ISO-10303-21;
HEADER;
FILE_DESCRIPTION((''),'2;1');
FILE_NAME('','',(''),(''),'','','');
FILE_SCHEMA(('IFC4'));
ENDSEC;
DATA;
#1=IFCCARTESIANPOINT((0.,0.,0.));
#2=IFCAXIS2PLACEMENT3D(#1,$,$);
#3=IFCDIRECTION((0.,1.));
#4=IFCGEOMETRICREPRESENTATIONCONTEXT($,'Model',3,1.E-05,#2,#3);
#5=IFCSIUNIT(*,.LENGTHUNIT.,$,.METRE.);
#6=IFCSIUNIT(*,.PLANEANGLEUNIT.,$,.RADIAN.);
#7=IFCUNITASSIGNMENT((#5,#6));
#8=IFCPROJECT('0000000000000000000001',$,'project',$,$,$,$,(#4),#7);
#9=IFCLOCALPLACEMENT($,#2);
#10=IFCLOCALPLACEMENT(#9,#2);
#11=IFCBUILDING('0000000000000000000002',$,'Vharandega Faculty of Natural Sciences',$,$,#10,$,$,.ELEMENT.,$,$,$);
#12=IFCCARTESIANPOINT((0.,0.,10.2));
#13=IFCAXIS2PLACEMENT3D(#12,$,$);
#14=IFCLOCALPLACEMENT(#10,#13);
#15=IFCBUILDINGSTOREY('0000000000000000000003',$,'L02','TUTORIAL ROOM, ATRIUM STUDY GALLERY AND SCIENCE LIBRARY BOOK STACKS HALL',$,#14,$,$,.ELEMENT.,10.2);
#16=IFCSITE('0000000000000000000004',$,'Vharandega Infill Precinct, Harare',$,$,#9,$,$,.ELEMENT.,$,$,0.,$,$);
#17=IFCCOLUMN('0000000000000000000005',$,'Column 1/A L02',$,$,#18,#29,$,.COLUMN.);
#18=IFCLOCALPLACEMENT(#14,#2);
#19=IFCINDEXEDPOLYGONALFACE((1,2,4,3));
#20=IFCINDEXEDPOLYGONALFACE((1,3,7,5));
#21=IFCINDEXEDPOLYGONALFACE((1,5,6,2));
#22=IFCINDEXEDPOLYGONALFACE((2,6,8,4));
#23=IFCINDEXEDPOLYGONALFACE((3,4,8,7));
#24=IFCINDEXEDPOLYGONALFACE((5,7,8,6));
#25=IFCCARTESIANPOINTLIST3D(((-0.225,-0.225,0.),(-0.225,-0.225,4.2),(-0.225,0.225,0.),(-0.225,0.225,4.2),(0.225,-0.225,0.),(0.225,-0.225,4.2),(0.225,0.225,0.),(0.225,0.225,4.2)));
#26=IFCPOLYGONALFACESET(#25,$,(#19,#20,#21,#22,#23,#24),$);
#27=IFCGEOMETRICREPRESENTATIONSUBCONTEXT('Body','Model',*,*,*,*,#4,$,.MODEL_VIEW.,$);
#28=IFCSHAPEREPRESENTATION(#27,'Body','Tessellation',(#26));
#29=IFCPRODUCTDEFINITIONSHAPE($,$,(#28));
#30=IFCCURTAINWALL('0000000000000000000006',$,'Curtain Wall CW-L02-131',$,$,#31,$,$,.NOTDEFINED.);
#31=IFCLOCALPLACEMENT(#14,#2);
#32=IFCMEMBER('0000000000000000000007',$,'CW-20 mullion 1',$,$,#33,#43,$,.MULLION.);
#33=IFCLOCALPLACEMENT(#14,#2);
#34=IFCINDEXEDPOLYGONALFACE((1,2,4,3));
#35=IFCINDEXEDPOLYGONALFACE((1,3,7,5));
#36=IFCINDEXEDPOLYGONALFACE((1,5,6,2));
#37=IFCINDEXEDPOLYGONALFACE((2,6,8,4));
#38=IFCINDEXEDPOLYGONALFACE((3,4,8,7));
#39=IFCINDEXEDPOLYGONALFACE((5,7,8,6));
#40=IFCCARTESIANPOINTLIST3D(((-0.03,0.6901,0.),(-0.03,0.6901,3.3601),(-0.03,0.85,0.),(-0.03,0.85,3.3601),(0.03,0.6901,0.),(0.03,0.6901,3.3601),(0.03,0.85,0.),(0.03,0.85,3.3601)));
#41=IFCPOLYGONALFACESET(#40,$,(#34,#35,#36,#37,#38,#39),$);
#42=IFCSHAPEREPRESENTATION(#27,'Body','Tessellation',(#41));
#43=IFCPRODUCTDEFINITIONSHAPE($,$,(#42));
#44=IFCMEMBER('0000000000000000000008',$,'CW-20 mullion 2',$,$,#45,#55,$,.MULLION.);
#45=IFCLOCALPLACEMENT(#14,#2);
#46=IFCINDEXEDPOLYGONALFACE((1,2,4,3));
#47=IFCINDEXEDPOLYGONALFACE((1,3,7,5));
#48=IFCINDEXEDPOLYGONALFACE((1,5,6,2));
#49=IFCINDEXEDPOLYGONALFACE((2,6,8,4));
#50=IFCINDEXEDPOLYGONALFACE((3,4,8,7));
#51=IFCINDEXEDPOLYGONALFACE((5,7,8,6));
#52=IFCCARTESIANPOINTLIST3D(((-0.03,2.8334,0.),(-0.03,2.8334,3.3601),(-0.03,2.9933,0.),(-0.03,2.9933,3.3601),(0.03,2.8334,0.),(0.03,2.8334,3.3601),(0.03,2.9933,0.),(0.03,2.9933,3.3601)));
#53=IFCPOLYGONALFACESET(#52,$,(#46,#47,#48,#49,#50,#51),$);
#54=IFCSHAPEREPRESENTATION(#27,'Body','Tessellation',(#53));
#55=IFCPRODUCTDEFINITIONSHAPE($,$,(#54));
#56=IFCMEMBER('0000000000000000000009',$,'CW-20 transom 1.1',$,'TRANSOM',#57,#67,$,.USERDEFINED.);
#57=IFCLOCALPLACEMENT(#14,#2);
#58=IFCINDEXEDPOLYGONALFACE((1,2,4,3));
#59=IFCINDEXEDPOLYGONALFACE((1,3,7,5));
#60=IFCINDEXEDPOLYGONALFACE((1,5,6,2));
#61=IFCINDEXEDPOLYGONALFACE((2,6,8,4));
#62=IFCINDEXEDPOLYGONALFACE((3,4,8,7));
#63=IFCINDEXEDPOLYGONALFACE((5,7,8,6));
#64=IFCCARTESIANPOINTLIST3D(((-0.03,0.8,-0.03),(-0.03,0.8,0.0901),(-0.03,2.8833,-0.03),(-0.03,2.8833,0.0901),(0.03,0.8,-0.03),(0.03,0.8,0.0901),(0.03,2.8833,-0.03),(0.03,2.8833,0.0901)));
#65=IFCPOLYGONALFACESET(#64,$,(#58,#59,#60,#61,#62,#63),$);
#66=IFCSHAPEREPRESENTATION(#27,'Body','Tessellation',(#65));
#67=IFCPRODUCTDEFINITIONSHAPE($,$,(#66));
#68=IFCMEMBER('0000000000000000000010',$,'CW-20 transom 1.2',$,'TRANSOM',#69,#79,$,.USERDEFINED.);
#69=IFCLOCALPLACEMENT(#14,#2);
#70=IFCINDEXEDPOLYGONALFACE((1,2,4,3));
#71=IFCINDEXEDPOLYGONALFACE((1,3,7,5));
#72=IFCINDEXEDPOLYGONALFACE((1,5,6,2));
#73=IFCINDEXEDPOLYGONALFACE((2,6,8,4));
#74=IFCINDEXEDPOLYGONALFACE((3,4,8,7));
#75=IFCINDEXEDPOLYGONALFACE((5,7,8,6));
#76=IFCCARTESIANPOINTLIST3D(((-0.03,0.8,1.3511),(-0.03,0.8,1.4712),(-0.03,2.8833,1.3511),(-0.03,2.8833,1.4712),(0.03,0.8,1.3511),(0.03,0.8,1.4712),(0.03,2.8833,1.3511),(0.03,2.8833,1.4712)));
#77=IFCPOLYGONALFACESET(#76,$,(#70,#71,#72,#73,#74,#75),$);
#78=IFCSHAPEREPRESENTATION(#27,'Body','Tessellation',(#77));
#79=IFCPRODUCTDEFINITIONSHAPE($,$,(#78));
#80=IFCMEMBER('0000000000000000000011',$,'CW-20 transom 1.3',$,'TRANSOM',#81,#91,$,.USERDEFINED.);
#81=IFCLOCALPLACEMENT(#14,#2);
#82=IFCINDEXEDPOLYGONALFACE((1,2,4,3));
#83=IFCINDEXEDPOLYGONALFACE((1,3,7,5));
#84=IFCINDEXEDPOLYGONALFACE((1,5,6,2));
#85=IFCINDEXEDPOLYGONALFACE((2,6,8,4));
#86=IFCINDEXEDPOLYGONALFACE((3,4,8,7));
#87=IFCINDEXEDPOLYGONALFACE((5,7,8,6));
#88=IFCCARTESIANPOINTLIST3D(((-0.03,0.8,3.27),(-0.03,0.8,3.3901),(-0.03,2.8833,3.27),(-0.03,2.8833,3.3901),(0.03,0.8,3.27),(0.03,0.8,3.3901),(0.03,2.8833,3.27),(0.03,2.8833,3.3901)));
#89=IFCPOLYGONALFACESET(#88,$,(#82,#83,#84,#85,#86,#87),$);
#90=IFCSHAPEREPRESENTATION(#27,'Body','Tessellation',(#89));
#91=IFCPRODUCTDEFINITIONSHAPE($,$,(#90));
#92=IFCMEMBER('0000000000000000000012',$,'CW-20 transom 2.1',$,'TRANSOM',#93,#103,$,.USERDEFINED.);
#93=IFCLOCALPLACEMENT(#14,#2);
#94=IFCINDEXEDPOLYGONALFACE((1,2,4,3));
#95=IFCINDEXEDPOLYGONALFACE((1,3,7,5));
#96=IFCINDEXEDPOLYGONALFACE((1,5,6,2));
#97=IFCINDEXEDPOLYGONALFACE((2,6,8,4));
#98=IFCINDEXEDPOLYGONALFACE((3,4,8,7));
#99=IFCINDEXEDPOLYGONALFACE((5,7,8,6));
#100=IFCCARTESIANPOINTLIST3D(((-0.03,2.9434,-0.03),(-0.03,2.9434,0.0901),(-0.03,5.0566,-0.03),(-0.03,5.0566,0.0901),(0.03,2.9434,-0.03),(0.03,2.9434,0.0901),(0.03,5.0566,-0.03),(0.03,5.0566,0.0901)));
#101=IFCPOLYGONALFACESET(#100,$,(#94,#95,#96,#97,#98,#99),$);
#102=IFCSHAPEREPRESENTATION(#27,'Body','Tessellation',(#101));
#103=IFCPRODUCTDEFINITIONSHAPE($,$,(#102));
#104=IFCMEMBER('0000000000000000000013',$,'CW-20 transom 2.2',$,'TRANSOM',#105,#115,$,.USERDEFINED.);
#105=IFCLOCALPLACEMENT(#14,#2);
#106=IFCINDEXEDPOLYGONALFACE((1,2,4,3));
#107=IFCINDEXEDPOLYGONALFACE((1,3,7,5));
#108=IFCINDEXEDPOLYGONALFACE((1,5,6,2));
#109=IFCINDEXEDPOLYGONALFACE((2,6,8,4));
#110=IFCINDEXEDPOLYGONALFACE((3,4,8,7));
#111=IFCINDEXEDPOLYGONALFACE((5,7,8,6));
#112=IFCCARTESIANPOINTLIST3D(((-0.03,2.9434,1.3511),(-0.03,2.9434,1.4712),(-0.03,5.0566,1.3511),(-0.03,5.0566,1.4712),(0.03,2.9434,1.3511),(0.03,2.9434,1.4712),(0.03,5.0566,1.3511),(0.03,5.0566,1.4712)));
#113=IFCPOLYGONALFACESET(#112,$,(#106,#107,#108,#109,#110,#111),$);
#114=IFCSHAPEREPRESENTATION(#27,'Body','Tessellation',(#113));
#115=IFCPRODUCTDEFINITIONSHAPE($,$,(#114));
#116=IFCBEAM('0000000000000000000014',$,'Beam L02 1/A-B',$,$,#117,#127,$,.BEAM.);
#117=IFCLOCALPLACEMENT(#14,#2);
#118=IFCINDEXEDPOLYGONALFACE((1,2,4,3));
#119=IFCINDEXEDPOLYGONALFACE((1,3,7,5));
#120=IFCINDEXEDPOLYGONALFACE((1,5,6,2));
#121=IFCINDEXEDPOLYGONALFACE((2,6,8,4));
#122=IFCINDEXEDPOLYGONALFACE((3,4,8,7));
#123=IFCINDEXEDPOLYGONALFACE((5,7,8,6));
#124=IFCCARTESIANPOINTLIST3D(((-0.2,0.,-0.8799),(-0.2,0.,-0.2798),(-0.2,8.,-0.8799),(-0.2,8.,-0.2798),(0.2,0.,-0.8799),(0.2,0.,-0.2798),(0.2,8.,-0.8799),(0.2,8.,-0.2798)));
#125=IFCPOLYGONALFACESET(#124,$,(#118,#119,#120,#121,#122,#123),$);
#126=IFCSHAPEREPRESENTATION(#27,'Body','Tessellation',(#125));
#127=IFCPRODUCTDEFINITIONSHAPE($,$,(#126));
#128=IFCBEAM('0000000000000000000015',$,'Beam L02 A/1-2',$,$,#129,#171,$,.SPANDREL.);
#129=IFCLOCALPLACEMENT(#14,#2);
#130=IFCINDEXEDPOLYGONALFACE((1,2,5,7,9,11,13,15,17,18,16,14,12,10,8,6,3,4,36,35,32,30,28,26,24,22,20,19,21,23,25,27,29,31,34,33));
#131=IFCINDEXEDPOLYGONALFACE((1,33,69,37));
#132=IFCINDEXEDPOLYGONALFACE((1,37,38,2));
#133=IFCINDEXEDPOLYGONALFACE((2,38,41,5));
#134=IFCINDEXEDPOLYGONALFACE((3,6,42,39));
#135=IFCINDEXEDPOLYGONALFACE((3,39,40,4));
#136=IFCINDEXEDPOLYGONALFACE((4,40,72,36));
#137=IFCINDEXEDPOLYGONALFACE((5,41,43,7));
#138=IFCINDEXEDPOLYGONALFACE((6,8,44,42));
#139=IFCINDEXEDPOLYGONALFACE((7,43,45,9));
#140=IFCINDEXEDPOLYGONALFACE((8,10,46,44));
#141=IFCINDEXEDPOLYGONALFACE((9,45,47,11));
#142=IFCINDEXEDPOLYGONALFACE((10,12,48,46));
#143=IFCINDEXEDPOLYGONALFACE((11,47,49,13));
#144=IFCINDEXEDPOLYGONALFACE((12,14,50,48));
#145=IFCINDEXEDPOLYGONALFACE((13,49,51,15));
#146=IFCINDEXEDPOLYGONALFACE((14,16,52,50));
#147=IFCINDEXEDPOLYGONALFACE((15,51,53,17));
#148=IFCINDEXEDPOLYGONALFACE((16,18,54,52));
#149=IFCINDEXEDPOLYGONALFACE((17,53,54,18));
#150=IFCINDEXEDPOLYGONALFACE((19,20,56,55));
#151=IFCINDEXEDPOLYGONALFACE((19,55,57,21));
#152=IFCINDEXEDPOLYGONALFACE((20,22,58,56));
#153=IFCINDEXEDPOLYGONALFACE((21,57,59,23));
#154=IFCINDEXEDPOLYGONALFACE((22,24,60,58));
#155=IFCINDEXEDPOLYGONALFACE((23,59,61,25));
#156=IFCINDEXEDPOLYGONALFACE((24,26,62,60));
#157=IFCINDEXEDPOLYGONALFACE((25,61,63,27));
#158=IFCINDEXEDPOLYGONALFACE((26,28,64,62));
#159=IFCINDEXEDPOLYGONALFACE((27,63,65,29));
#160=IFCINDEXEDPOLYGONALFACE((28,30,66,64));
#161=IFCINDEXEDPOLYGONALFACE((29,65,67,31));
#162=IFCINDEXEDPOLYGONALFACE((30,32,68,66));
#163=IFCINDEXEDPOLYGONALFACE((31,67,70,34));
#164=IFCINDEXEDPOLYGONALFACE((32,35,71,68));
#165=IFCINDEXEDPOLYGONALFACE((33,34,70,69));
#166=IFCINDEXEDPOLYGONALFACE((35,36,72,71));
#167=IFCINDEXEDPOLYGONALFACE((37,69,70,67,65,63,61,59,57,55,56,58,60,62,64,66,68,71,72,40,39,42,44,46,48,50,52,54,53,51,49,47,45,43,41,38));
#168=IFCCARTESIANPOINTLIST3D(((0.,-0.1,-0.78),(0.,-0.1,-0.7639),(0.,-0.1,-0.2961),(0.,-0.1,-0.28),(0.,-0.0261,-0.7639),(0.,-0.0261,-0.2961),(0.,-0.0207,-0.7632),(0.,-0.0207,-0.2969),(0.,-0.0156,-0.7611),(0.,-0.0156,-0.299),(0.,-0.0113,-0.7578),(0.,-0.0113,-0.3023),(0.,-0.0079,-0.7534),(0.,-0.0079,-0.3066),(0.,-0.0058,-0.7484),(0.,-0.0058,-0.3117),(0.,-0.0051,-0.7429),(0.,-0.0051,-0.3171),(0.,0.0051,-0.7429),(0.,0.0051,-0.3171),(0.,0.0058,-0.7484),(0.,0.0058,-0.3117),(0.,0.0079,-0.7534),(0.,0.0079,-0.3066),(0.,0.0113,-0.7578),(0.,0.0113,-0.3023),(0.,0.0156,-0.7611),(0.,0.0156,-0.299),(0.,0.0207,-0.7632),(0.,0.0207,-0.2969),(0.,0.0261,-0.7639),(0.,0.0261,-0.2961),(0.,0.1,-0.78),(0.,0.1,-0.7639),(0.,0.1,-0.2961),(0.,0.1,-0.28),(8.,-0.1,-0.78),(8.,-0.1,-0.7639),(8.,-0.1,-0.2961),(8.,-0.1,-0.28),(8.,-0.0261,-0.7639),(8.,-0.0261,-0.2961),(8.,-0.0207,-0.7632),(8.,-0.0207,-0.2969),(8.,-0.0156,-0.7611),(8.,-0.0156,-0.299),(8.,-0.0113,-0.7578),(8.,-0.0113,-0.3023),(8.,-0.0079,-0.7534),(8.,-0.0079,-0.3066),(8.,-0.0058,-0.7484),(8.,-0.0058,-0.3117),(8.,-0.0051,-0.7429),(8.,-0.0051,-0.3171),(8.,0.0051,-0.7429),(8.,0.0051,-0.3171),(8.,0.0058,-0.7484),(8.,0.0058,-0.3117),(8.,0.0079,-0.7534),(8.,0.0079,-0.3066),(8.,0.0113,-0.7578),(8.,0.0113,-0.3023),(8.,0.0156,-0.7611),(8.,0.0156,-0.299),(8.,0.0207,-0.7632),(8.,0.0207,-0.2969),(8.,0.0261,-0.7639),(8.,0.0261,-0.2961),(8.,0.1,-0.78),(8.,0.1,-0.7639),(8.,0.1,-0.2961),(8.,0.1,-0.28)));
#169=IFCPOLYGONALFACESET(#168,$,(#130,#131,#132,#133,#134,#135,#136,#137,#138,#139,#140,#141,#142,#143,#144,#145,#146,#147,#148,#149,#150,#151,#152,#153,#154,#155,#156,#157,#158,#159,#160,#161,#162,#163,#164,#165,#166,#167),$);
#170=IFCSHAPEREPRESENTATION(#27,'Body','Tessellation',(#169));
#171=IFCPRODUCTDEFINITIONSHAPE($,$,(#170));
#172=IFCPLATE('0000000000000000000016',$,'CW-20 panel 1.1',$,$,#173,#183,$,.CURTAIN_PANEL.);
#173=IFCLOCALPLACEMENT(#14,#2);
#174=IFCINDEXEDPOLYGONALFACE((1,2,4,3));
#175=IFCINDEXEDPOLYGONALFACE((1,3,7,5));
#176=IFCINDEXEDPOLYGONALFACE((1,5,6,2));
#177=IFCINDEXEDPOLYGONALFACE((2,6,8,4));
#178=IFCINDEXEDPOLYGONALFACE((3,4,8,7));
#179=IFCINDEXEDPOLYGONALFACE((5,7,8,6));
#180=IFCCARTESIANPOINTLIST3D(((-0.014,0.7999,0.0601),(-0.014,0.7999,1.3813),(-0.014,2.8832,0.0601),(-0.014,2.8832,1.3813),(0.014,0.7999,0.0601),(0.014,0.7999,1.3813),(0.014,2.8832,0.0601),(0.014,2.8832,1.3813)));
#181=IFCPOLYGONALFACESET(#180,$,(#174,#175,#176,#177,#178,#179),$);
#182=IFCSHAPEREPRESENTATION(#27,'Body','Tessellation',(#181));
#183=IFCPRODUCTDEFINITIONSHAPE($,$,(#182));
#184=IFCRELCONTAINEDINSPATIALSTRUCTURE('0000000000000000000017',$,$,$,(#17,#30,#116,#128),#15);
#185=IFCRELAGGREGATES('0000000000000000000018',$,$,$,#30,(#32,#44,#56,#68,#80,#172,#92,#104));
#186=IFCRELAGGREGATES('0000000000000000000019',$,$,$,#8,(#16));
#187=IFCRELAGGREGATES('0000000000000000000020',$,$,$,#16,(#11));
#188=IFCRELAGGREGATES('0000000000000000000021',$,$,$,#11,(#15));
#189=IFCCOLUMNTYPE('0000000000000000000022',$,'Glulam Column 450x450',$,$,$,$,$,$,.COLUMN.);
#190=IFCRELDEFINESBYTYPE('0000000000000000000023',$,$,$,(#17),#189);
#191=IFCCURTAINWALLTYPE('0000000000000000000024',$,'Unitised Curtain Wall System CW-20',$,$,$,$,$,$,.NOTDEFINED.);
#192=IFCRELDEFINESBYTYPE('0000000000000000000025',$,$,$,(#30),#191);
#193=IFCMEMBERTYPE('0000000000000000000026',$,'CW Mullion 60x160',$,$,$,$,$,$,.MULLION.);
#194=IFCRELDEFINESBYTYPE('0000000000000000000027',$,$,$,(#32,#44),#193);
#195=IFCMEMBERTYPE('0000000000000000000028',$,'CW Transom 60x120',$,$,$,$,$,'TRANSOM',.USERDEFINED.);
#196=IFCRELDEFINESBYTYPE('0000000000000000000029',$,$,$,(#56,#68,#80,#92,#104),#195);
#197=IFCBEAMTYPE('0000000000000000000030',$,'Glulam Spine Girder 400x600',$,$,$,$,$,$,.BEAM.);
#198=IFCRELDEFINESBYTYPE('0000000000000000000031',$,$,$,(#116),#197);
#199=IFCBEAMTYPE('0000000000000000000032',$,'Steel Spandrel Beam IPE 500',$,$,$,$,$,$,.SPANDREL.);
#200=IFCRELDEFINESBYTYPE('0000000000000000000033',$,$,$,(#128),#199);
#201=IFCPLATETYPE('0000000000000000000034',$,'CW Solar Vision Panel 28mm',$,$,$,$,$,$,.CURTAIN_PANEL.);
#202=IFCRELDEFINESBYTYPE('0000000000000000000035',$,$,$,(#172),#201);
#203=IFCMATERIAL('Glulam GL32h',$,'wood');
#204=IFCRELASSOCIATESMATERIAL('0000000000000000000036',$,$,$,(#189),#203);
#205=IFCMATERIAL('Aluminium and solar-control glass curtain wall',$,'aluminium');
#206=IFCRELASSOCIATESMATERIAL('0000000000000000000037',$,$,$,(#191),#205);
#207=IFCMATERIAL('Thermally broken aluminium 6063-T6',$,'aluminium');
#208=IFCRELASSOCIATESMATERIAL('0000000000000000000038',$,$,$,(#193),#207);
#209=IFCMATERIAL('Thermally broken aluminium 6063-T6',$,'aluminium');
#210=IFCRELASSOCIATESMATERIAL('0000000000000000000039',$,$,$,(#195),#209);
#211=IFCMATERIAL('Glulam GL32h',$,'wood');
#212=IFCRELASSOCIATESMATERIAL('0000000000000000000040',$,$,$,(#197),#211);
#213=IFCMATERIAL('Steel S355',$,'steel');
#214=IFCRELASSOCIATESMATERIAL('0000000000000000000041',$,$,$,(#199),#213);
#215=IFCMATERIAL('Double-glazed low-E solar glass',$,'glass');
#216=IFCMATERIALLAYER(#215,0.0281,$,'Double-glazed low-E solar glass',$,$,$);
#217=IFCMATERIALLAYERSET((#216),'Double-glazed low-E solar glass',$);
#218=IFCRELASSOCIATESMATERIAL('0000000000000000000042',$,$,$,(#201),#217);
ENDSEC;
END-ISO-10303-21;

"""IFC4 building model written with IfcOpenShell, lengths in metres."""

from ifc_helpers import new_model, si_unit, direction, frame, origin, origin_with_axes, origin_2d, place, context, subcontext, project, spatial, rectangle, i_section, extrude, material, layer, layer_set, material_profile, profile_set, type_object, element, aggregate, save


model = new_model("IFC4")

# Units and contexts
model_context = context("Model", 3, precision=1e-05, world=origin(), true_north=direction((0.0, 1.0)))
body_context = subcontext(model_context, "Body", "Model", "MODEL_VIEW")
ifc_project = project(units=[si_unit("LENGTHUNIT", "METRE"), si_unit("PLANEANGLEUNIT", "RADIAN")], contexts=[model_context])

# Site, building, storey
site_placement = place(None, origin())
site = spatial("IfcSite", under=ifc_project, at=site_placement, Name="Vharandega Infill Precinct, Harare", CompositionType="ELEMENT", RefElevation=0.0)
building_placement = place(site_placement, origin())
building = spatial("IfcBuilding", under=site, at=building_placement, Name="Vharandega Faculty of Natural Sciences", CompositionType="ELEMENT")
storey_placement = place(building_placement, frame((0.0, 0.0, 10.2)))
storey = spatial("IfcBuildingStorey", under=building, at=storey_placement, Name="L02", Description="TUTORIAL ROOM, ATRIUM STUDY GALLERY AND SCIENCE LIBRARY BOOK STACKS HALL", CompositionType="ELEMENT", Elevation=10.2)

# Column
ifc_material_1 = material(Name="Glulam GL32h", Category="wood")
ifc_material_profile_1 = material_profile(ifc_material_1, rectangle(XDim=0.45, YDim=0.45, at=origin_2d()), Name="GL32h 450x450")
ifc_profile_set_1 = profile_set([ifc_material_profile_1], Name="Glulam GL32h")
column_type = type_object("IfcColumnType", Name="Glulam Column 450x450", PredefinedType="COLUMN", material=ifc_profile_set_1)
column_placement = place(storey_placement, origin_with_axes())
element("IfcColumn", 1, at=column_placement, inside=storey, type_object=column_type, Name="Column 1/A L02", PredefinedType="COLUMN", context=body_context, shape_type="SweptSolid", body=[
    extrude(rectangle(XDim=0.45, YDim=0.45, at=origin_2d()), origin(), (0.0, 0.0, 1.0), 4.2),
])

# Curtain wall, members
ifc_material_2 = material(Name="Aluminium and solar-control glass curtain wall", Category="aluminium")
curtain_wall_type = type_object("IfcCurtainWallType", Name="Unitised Curtain Wall System CW-20", PredefinedType="NOTDEFINED", material=ifc_material_2)
curtain_wall_placement = place(storey_placement, origin())
curtain_wall = element("IfcCurtainWall", 2, at=curtain_wall_placement, inside=storey, type_object=curtain_wall_type, Name="Curtain Wall CW-L02-131", PredefinedType="NOTDEFINED")
ifc_material_3 = material(Name="Thermally broken aluminium 6063-T6", Category="aluminium")
ifc_material_profile_2 = material_profile(ifc_material_3, rectangle(XDim=0.0601, YDim=0.1599, at=origin_2d()), Name="ALU 60x160")
ifc_profile_set_2 = profile_set([ifc_material_profile_2], Name="Thermally broken aluminium 6063-T6")
member_type_1 = type_object("IfcMemberType", Name="CW Mullion 60x160", PredefinedType="MULLION", material=ifc_profile_set_2)
member_1_placement = place(storey_placement, frame((0.0, 0.77, 0.0), z_axis=(0.0, 0.0, 1.0), x_axis=(-1.0, 0.0, 0.0)))
member_1 = element("IfcMember", 3, at=member_1_placement, type_object=member_type_1, Name="CW-20 mullion 1", PredefinedType="MULLION", context=body_context, shape_type="SweptSolid", body=[
    extrude(rectangle(XDim=0.0601, YDim=0.1599, at=origin_2d()), origin(), (0.0, 0.0, 1.0), 3.3601),
])
member_2_placement = place(storey_placement, frame((0.0, 2.9133, 0.0), z_axis=(0.0, 0.0, 1.0), x_axis=(-1.0, 0.0, 0.0)))
member_2 = element("IfcMember", 4, at=member_2_placement, type_object=member_type_1, Name="CW-20 mullion 2", PredefinedType="MULLION", context=body_context, shape_type="SweptSolid", body=[
    extrude(rectangle(XDim=0.0601, YDim=0.1599, at=origin_2d()), origin(), (0.0, 0.0, 1.0), 3.3601),
])
ifc_material_4 = material(Name="Thermally broken aluminium 6063-T6", Category="aluminium")
ifc_material_profile_3 = material_profile(ifc_material_4, rectangle(XDim=0.0601, YDim=0.1201, at=origin_2d()), Name="ALU 60x120")
ifc_profile_set_3 = profile_set([ifc_material_profile_3], Name="Thermally broken aluminium 6063-T6")
member_type_2 = type_object("IfcMemberType", Name="CW Transom 60x120", ElementType="TRANSOM", PredefinedType="USERDEFINED", material=ifc_profile_set_3)
member_3_placement = place(storey_placement, frame((0.0, 0.8, 0.03), z_axis=(0.0, 1.0, 0.0), x_axis=(-1.0, 0.0, 0.0)))
member_3 = element("IfcMember", 5, at=member_3_placement, type_object=member_type_2, Name="CW-20 transom 1.1", ObjectType="TRANSOM", PredefinedType="USERDEFINED", context=body_context, shape_type="SweptSolid", body=[
    extrude(rectangle(XDim=0.0601, YDim=0.1201, at=origin_2d()), origin(), (0.0, 0.0, 1.0), 2.0833),
])
member_4_placement = place(storey_placement, frame((0.0, 0.8, 1.4111), z_axis=(0.0, 1.0, 0.0), x_axis=(-1.0, 0.0, 0.0)))
member_4 = element("IfcMember", 6, at=member_4_placement, type_object=member_type_2, Name="CW-20 transom 1.2", ObjectType="TRANSOM", PredefinedType="USERDEFINED", context=body_context, shape_type="SweptSolid", body=[
    extrude(rectangle(XDim=0.0601, YDim=0.1201, at=origin_2d()), origin(), (0.0, 0.0, 1.0), 2.0833),
])
member_5_placement = place(storey_placement, frame((0.0, 0.8, 3.3301), z_axis=(0.0, 1.0, 0.0), x_axis=(-1.0, 0.0, 0.0)))
member_5 = element("IfcMember", 7, at=member_5_placement, type_object=member_type_2, Name="CW-20 transom 1.3", ObjectType="TRANSOM", PredefinedType="USERDEFINED", context=body_context, shape_type="SweptSolid", body=[
    extrude(rectangle(XDim=0.0601, YDim=0.1201, at=origin_2d()), origin(), (0.0, 0.0, 1.0), 2.0833),
])
member_6_placement = place(storey_placement, frame((0.0, 2.9434, 0.03), z_axis=(0.0, 1.0, 0.0), x_axis=(-1.0, 0.0, 0.0)))
member_6 = element("IfcMember", 8, at=member_6_placement, type_object=member_type_2, Name="CW-20 transom 2.1", ObjectType="TRANSOM", PredefinedType="USERDEFINED", context=body_context, shape_type="SweptSolid", body=[
    extrude(rectangle(XDim=0.0601, YDim=0.1201, at=origin_2d()), origin(), (0.0, 0.0, 1.0), 2.1133),
])
member_7_placement = place(storey_placement, frame((0.0, 2.9434, 1.4111), z_axis=(0.0, 1.0, 0.0), x_axis=(-1.0, 0.0, 0.0)))
member_7 = element("IfcMember", 9, at=member_7_placement, type_object=member_type_2, Name="CW-20 transom 2.2", ObjectType="TRANSOM", PredefinedType="USERDEFINED", context=body_context, shape_type="SweptSolid", body=[
    extrude(rectangle(XDim=0.0601, YDim=0.1201, at=origin_2d()), origin(), (0.0, 0.0, 1.0), 2.1133),
])

# Beams
ifc_material_5 = material(Name="Glulam GL32h", Category="wood")
ifc_material_profile_4 = material_profile(ifc_material_5, rectangle(XDim=0.3999, YDim=0.6001, at=origin_2d()), Name="GL32h 400x600")
ifc_profile_set_4 = profile_set([ifc_material_profile_4], Name="Glulam GL32h")
beam_type_1 = type_object("IfcBeamType", Name="Glulam Spine Girder 400x600", PredefinedType="BEAM", material=ifc_profile_set_4)
beam_1_placement = place(storey_placement, frame((0.0, 0.0, -0.5798), z_axis=(0.0, 1.0, 0.0), x_axis=(-1.0, 0.0, 0.0)))
element("IfcBeam", 10, at=beam_1_placement, inside=storey, type_object=beam_type_1, Name="Beam L02 1/A-B", PredefinedType="BEAM", context=body_context, shape_type="SweptSolid", body=[
    extrude(rectangle(XDim=0.3999, YDim=0.6001, at=origin_2d()), origin(), (0.0, 0.0, 1.0), 8.0),
])
ifc_material_6 = material(Name="Steel S355", Category="steel")
ifc_material_profile_5 = material_profile(ifc_material_6, i_section(OverallWidth=0.2, OverallDepth=0.5, WebThickness=0.0103, FlangeThickness=0.0161, FilletRadius=0.021, at=origin_2d()), Name="IPE 500")
ifc_profile_set_5 = profile_set([ifc_material_profile_5], Name="Steel S355")
beam_type_2 = type_object("IfcBeamType", Name="Steel Spandrel Beam IPE 500", PredefinedType="SPANDREL", material=ifc_profile_set_5)
beam_2_placement = place(storey_placement, frame((0.0, 0.0, -0.53), z_axis=(1.0, 0.0, 0.0), x_axis=(0.0, 1.0, 0.0)))
element("IfcBeam", 11, at=beam_2_placement, inside=storey, type_object=beam_type_2, Name="Beam L02 A/1-2", PredefinedType="SPANDREL", context=body_context, shape_type="SweptSolid", body=[
    extrude(i_section(OverallWidth=0.2, OverallDepth=0.5, WebThickness=0.0103, FlangeThickness=0.0161, FilletRadius=0.021, at=origin_2d()), origin(), (0.0, 0.0, 1.0), 8.0),
])

# Plate
ifc_material_7 = material(Name="Double-glazed low-E solar glass", Category="glass")
ifc_layer_1 = layer(ifc_material_7, 0.0281, Name="Double-glazed low-E solar glass")
ifc_layer_set_1 = layer_set([ifc_layer_1], Name="Double-glazed low-E solar glass")
plate_type = type_object("IfcPlateType", Name="CW Solar Vision Panel 28mm", PredefinedType="CURTAIN_PANEL", material=ifc_layer_set_1)
plate_1_placement = place(storey_placement, frame((0.0, 1.8416, 0.0601), z_axis=(0.0, 0.0, 1.0), x_axis=(0.0, 1.0, 0.0)))
plate_1 = element("IfcPlate", 12, at=plate_1_placement, type_object=plate_type, Name="CW-20 panel 1.1", PredefinedType="CURTAIN_PANEL", context=body_context, shape_type="SweptSolid", body=[
    extrude(rectangle(XDim=2.0833, YDim=0.0281, at=origin_2d()), origin(), (0.0, 0.0, 1.0), 1.3213),
])
aggregate(curtain_wall, [member_1, member_2, member_3, member_4, member_5, plate_1, member_6, member_7])

save(model, "model.ifc")
